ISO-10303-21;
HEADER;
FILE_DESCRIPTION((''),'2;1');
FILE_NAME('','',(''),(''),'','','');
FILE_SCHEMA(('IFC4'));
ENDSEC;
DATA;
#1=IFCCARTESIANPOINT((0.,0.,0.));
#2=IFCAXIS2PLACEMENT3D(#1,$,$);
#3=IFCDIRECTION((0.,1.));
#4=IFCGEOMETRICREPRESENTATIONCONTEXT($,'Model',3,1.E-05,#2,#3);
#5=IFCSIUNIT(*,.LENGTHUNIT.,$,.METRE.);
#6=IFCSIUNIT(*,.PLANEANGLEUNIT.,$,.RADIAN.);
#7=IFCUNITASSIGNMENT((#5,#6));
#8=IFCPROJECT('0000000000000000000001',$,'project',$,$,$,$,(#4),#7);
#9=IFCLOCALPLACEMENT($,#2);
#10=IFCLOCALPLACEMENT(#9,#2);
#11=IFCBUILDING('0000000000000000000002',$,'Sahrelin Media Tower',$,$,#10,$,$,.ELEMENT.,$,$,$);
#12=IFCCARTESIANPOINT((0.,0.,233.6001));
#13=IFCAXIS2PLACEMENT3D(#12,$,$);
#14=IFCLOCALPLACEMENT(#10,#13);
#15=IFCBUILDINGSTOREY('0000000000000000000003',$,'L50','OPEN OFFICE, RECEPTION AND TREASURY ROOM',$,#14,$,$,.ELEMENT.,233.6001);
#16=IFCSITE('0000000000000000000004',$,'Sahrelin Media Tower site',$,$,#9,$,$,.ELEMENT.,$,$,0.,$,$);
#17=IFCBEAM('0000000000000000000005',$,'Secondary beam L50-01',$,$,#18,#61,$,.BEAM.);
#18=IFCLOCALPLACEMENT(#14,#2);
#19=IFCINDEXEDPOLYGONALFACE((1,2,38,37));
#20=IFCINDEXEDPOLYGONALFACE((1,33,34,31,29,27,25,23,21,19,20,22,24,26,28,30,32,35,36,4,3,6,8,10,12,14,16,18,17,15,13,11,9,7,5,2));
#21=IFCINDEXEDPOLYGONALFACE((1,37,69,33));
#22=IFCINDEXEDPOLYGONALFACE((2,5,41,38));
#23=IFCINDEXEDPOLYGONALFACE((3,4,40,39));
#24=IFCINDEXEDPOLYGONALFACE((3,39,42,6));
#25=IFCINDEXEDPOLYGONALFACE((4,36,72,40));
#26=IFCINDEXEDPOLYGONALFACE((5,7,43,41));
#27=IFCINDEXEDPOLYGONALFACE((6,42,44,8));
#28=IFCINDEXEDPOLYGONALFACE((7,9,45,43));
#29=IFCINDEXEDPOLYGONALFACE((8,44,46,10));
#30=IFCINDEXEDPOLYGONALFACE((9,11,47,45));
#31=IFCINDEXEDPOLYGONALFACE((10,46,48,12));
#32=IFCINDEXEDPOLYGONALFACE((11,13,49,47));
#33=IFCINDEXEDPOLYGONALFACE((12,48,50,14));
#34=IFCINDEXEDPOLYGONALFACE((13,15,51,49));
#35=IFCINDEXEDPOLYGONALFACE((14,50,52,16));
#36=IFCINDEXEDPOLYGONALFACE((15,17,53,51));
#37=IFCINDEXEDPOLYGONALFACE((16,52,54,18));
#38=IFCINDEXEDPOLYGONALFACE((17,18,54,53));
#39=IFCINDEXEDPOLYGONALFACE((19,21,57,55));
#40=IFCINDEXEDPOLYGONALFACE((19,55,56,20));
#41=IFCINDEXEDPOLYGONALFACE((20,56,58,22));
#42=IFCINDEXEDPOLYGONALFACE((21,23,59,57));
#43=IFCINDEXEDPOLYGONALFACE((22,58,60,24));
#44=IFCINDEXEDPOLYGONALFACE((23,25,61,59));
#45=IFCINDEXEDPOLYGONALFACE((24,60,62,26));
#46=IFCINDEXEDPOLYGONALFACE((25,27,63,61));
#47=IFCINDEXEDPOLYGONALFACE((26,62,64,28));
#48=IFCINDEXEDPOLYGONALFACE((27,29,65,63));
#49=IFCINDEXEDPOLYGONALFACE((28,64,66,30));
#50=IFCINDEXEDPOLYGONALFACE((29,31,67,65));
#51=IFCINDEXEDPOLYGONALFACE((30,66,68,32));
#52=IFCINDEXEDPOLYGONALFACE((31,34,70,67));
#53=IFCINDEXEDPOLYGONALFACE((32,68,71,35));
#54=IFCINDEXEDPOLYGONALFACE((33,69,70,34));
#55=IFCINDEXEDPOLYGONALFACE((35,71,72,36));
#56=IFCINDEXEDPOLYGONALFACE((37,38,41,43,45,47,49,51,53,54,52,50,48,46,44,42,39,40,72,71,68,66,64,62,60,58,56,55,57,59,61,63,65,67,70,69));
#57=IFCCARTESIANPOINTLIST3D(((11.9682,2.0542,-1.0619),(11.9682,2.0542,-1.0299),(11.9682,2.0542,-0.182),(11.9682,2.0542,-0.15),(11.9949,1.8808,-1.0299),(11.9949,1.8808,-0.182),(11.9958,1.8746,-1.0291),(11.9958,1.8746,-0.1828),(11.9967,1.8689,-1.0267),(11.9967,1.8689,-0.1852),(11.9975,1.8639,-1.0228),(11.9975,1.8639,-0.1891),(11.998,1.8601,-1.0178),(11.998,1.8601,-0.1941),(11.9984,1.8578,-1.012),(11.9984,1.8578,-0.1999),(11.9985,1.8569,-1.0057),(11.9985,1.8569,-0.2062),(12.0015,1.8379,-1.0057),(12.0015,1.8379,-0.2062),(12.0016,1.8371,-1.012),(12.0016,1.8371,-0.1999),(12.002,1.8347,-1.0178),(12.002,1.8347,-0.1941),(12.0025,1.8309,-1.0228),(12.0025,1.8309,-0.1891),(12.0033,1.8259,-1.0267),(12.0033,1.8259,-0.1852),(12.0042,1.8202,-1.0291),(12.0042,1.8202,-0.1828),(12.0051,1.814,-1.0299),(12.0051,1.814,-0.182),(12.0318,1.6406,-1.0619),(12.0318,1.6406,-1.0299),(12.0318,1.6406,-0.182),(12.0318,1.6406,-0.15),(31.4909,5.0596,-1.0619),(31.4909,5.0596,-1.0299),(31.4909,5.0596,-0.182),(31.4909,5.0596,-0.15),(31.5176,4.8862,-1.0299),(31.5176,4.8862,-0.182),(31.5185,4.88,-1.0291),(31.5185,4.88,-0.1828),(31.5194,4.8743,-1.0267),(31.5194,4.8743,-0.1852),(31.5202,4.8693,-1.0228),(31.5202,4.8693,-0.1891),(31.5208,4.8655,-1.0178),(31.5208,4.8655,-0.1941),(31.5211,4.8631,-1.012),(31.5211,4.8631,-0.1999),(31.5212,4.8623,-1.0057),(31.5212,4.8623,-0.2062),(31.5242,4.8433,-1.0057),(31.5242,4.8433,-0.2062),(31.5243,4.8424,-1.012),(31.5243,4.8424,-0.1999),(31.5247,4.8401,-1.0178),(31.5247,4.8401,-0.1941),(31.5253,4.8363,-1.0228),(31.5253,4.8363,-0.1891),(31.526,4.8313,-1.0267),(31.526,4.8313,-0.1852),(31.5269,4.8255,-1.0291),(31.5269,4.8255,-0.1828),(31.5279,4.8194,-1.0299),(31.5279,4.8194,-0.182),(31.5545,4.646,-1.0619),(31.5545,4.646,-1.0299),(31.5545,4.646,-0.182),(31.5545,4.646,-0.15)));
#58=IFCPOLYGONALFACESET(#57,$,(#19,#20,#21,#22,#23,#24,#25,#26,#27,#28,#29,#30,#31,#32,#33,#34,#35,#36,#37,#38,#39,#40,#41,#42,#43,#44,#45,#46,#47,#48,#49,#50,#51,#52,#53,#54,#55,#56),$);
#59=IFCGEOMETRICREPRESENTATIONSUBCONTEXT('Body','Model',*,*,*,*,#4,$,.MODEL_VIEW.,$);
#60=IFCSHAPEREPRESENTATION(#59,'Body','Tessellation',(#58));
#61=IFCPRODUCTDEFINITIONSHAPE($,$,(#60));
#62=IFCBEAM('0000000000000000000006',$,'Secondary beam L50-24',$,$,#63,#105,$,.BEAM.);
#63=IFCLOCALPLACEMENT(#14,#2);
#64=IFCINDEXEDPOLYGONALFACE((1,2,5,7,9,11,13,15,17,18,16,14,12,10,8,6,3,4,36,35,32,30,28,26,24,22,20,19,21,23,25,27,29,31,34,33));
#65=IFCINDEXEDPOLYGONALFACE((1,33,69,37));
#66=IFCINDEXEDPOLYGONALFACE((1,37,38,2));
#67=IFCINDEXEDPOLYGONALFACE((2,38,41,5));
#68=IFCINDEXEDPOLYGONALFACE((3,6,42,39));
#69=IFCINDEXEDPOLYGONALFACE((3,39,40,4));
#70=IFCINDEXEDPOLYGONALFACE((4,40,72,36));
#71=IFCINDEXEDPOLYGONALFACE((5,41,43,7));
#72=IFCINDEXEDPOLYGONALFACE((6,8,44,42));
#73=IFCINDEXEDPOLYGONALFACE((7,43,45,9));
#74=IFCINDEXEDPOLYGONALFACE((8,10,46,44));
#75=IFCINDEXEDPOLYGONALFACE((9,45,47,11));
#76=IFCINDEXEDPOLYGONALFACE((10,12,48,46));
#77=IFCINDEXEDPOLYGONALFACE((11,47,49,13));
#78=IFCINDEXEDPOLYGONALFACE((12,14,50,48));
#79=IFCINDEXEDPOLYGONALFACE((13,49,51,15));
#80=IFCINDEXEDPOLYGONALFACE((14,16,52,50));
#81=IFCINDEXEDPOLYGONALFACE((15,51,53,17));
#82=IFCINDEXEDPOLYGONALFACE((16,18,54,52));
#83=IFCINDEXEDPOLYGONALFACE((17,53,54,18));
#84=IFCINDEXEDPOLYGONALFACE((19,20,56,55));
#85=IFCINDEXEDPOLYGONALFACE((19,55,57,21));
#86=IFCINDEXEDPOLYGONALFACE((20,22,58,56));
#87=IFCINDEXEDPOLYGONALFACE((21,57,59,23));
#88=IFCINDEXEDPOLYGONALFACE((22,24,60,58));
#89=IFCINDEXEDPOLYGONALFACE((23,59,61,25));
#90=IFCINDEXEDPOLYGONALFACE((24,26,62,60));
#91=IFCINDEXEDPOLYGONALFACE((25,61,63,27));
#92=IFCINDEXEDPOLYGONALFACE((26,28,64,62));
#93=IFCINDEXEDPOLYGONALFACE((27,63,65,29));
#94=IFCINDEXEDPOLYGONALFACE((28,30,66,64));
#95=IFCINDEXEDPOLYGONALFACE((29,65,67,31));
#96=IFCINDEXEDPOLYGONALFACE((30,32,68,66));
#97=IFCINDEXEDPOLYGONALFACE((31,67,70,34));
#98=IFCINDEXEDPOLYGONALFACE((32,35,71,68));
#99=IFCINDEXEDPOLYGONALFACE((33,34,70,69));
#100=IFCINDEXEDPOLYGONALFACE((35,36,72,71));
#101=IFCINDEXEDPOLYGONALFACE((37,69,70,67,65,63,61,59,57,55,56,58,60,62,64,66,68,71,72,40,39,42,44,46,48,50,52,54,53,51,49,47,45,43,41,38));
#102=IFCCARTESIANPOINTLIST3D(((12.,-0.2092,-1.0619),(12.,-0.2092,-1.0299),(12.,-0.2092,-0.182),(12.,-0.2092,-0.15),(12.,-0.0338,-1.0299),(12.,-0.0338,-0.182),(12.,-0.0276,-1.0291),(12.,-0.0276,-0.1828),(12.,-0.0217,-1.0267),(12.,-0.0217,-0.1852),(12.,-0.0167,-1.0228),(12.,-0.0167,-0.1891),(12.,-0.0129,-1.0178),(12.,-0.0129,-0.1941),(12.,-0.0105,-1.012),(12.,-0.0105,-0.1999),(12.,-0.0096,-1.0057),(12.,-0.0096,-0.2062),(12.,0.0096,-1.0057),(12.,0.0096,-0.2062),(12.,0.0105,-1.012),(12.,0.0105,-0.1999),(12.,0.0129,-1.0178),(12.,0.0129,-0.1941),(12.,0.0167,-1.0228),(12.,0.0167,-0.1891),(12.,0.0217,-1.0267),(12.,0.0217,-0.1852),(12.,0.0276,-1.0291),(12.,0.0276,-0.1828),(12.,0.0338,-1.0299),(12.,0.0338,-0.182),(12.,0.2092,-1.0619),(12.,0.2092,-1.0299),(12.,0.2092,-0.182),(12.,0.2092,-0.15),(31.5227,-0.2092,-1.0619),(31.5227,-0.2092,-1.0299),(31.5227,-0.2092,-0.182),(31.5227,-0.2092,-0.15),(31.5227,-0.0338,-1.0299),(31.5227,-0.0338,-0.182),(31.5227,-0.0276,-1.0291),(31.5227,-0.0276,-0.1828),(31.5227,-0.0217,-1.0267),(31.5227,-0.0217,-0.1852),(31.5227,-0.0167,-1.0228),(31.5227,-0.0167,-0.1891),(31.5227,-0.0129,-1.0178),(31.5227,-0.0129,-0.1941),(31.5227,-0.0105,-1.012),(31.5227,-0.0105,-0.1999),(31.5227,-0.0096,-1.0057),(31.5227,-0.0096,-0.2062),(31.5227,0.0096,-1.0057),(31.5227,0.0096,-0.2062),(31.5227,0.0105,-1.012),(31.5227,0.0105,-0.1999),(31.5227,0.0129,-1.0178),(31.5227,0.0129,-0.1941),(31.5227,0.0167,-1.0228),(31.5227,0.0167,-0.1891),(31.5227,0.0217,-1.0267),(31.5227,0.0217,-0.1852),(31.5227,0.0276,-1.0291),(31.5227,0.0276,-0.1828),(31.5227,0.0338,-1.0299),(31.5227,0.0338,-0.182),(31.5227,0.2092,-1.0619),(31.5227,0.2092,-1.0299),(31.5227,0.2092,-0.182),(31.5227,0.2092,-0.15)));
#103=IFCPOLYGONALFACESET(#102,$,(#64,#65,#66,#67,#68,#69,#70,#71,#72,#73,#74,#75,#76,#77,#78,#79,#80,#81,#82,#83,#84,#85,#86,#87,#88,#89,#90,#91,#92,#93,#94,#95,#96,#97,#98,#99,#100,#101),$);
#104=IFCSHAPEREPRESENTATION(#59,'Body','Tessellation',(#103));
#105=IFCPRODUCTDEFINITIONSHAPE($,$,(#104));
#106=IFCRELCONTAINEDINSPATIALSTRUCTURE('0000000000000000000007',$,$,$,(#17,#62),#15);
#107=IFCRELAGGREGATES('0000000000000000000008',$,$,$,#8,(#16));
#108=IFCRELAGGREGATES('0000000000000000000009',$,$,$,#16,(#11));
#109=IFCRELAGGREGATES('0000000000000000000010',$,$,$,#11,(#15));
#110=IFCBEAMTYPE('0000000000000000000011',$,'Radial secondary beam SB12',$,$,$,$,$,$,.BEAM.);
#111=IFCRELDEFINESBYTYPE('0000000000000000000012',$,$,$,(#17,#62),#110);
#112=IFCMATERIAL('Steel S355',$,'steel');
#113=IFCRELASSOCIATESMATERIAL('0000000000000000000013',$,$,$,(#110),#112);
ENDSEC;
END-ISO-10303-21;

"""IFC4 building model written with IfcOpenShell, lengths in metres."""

from ifc_helpers import new_model, si_unit, direction, frame, origin, origin_2d, place, context, subcontext, project, spatial, i_section, extrude, material, material_profile, profile_set, type_object, element, save


model = new_model("IFC4")

# Units and contexts
model_context = context("Model", 3, precision=1e-05, world=origin(), true_north=direction((0.0, 1.0)))
body_context = subcontext(model_context, "Body", "Model", "MODEL_VIEW")
ifc_project = project(units=[si_unit("LENGTHUNIT", "METRE"), si_unit("PLANEANGLEUNIT", "RADIAN")], contexts=[model_context])

# Site, building, storey
site_placement = place(None, origin())
site = spatial("IfcSite", under=ifc_project, at=site_placement, Name="Sahrelin Media Tower site", CompositionType="ELEMENT", RefElevation=0.0)
building_placement = place(site_placement, origin())
building = spatial("IfcBuilding", under=site, at=building_placement, Name="Sahrelin Media Tower", CompositionType="ELEMENT")
storey_placement = place(building_placement, frame((0.0, 0.0, 233.6001)))
storey = spatial("IfcBuildingStorey", under=building, at=storey_placement, Name="L50", Description="OPEN OFFICE, RECEPTION AND TREASURY ROOM", CompositionType="ELEMENT", Elevation=233.6001)

# Beams
ifc_material_1 = material(Name="Steel S355", Category="steel")
ifc_material_profile_1 = material_profile(ifc_material_1, i_section(OverallWidth=0.4185, OverallDepth=0.9119, WebThickness=0.0193, FlangeThickness=0.032, FilletRadius=0.0242, at=origin_2d()), Name="UB 914x419x343")
ifc_profile_set_1 = profile_set([ifc_material_profile_1], Name="Steel S355")
beam_type_1 = type_object("IfcBeamType", Name="Radial secondary beam SB12", PredefinedType="BEAM", material=ifc_profile_set_1)
beam_1_placement = place(storey_placement, frame((12.0, 1.8474, -0.606), z_axis=(0.988357, 0.15215, 0.0), x_axis=(-0.15215, 0.988357, 0.0)))
element("IfcBeam", 1, at=beam_1_placement, inside=storey, type_object=beam_type_1, Name="Secondary beam L50-01", PredefinedType="BEAM", context=body_context, shape_type="SweptSolid", body=[
    extrude(i_section(OverallWidth=0.4185, OverallDepth=0.9119, WebThickness=0.0193, FlangeThickness=0.032, FilletRadius=0.0242, at=origin_2d()), origin(), (0.0, 0.0, 1.0), 19.7527),
])
beam_2_placement = place(storey_placement, frame((12.0, 0.0, -0.606), z_axis=(1.0, 0.0, 0.0), x_axis=(0.0, 1.0, 0.0)))
element("IfcBeam", 2, at=beam_2_placement, inside=storey, type_object=beam_type_1, Name="Secondary beam L50-24", PredefinedType="BEAM", context=body_context, shape_type="SweptSolid", body=[
    extrude(i_section(OverallWidth=0.4185, OverallDepth=0.9119, WebThickness=0.0193, FlangeThickness=0.032, FilletRadius=0.0242, at=origin_2d()), origin(), (0.0, 0.0, 1.0), 19.5227),
])

save(model, "model.ifc")
